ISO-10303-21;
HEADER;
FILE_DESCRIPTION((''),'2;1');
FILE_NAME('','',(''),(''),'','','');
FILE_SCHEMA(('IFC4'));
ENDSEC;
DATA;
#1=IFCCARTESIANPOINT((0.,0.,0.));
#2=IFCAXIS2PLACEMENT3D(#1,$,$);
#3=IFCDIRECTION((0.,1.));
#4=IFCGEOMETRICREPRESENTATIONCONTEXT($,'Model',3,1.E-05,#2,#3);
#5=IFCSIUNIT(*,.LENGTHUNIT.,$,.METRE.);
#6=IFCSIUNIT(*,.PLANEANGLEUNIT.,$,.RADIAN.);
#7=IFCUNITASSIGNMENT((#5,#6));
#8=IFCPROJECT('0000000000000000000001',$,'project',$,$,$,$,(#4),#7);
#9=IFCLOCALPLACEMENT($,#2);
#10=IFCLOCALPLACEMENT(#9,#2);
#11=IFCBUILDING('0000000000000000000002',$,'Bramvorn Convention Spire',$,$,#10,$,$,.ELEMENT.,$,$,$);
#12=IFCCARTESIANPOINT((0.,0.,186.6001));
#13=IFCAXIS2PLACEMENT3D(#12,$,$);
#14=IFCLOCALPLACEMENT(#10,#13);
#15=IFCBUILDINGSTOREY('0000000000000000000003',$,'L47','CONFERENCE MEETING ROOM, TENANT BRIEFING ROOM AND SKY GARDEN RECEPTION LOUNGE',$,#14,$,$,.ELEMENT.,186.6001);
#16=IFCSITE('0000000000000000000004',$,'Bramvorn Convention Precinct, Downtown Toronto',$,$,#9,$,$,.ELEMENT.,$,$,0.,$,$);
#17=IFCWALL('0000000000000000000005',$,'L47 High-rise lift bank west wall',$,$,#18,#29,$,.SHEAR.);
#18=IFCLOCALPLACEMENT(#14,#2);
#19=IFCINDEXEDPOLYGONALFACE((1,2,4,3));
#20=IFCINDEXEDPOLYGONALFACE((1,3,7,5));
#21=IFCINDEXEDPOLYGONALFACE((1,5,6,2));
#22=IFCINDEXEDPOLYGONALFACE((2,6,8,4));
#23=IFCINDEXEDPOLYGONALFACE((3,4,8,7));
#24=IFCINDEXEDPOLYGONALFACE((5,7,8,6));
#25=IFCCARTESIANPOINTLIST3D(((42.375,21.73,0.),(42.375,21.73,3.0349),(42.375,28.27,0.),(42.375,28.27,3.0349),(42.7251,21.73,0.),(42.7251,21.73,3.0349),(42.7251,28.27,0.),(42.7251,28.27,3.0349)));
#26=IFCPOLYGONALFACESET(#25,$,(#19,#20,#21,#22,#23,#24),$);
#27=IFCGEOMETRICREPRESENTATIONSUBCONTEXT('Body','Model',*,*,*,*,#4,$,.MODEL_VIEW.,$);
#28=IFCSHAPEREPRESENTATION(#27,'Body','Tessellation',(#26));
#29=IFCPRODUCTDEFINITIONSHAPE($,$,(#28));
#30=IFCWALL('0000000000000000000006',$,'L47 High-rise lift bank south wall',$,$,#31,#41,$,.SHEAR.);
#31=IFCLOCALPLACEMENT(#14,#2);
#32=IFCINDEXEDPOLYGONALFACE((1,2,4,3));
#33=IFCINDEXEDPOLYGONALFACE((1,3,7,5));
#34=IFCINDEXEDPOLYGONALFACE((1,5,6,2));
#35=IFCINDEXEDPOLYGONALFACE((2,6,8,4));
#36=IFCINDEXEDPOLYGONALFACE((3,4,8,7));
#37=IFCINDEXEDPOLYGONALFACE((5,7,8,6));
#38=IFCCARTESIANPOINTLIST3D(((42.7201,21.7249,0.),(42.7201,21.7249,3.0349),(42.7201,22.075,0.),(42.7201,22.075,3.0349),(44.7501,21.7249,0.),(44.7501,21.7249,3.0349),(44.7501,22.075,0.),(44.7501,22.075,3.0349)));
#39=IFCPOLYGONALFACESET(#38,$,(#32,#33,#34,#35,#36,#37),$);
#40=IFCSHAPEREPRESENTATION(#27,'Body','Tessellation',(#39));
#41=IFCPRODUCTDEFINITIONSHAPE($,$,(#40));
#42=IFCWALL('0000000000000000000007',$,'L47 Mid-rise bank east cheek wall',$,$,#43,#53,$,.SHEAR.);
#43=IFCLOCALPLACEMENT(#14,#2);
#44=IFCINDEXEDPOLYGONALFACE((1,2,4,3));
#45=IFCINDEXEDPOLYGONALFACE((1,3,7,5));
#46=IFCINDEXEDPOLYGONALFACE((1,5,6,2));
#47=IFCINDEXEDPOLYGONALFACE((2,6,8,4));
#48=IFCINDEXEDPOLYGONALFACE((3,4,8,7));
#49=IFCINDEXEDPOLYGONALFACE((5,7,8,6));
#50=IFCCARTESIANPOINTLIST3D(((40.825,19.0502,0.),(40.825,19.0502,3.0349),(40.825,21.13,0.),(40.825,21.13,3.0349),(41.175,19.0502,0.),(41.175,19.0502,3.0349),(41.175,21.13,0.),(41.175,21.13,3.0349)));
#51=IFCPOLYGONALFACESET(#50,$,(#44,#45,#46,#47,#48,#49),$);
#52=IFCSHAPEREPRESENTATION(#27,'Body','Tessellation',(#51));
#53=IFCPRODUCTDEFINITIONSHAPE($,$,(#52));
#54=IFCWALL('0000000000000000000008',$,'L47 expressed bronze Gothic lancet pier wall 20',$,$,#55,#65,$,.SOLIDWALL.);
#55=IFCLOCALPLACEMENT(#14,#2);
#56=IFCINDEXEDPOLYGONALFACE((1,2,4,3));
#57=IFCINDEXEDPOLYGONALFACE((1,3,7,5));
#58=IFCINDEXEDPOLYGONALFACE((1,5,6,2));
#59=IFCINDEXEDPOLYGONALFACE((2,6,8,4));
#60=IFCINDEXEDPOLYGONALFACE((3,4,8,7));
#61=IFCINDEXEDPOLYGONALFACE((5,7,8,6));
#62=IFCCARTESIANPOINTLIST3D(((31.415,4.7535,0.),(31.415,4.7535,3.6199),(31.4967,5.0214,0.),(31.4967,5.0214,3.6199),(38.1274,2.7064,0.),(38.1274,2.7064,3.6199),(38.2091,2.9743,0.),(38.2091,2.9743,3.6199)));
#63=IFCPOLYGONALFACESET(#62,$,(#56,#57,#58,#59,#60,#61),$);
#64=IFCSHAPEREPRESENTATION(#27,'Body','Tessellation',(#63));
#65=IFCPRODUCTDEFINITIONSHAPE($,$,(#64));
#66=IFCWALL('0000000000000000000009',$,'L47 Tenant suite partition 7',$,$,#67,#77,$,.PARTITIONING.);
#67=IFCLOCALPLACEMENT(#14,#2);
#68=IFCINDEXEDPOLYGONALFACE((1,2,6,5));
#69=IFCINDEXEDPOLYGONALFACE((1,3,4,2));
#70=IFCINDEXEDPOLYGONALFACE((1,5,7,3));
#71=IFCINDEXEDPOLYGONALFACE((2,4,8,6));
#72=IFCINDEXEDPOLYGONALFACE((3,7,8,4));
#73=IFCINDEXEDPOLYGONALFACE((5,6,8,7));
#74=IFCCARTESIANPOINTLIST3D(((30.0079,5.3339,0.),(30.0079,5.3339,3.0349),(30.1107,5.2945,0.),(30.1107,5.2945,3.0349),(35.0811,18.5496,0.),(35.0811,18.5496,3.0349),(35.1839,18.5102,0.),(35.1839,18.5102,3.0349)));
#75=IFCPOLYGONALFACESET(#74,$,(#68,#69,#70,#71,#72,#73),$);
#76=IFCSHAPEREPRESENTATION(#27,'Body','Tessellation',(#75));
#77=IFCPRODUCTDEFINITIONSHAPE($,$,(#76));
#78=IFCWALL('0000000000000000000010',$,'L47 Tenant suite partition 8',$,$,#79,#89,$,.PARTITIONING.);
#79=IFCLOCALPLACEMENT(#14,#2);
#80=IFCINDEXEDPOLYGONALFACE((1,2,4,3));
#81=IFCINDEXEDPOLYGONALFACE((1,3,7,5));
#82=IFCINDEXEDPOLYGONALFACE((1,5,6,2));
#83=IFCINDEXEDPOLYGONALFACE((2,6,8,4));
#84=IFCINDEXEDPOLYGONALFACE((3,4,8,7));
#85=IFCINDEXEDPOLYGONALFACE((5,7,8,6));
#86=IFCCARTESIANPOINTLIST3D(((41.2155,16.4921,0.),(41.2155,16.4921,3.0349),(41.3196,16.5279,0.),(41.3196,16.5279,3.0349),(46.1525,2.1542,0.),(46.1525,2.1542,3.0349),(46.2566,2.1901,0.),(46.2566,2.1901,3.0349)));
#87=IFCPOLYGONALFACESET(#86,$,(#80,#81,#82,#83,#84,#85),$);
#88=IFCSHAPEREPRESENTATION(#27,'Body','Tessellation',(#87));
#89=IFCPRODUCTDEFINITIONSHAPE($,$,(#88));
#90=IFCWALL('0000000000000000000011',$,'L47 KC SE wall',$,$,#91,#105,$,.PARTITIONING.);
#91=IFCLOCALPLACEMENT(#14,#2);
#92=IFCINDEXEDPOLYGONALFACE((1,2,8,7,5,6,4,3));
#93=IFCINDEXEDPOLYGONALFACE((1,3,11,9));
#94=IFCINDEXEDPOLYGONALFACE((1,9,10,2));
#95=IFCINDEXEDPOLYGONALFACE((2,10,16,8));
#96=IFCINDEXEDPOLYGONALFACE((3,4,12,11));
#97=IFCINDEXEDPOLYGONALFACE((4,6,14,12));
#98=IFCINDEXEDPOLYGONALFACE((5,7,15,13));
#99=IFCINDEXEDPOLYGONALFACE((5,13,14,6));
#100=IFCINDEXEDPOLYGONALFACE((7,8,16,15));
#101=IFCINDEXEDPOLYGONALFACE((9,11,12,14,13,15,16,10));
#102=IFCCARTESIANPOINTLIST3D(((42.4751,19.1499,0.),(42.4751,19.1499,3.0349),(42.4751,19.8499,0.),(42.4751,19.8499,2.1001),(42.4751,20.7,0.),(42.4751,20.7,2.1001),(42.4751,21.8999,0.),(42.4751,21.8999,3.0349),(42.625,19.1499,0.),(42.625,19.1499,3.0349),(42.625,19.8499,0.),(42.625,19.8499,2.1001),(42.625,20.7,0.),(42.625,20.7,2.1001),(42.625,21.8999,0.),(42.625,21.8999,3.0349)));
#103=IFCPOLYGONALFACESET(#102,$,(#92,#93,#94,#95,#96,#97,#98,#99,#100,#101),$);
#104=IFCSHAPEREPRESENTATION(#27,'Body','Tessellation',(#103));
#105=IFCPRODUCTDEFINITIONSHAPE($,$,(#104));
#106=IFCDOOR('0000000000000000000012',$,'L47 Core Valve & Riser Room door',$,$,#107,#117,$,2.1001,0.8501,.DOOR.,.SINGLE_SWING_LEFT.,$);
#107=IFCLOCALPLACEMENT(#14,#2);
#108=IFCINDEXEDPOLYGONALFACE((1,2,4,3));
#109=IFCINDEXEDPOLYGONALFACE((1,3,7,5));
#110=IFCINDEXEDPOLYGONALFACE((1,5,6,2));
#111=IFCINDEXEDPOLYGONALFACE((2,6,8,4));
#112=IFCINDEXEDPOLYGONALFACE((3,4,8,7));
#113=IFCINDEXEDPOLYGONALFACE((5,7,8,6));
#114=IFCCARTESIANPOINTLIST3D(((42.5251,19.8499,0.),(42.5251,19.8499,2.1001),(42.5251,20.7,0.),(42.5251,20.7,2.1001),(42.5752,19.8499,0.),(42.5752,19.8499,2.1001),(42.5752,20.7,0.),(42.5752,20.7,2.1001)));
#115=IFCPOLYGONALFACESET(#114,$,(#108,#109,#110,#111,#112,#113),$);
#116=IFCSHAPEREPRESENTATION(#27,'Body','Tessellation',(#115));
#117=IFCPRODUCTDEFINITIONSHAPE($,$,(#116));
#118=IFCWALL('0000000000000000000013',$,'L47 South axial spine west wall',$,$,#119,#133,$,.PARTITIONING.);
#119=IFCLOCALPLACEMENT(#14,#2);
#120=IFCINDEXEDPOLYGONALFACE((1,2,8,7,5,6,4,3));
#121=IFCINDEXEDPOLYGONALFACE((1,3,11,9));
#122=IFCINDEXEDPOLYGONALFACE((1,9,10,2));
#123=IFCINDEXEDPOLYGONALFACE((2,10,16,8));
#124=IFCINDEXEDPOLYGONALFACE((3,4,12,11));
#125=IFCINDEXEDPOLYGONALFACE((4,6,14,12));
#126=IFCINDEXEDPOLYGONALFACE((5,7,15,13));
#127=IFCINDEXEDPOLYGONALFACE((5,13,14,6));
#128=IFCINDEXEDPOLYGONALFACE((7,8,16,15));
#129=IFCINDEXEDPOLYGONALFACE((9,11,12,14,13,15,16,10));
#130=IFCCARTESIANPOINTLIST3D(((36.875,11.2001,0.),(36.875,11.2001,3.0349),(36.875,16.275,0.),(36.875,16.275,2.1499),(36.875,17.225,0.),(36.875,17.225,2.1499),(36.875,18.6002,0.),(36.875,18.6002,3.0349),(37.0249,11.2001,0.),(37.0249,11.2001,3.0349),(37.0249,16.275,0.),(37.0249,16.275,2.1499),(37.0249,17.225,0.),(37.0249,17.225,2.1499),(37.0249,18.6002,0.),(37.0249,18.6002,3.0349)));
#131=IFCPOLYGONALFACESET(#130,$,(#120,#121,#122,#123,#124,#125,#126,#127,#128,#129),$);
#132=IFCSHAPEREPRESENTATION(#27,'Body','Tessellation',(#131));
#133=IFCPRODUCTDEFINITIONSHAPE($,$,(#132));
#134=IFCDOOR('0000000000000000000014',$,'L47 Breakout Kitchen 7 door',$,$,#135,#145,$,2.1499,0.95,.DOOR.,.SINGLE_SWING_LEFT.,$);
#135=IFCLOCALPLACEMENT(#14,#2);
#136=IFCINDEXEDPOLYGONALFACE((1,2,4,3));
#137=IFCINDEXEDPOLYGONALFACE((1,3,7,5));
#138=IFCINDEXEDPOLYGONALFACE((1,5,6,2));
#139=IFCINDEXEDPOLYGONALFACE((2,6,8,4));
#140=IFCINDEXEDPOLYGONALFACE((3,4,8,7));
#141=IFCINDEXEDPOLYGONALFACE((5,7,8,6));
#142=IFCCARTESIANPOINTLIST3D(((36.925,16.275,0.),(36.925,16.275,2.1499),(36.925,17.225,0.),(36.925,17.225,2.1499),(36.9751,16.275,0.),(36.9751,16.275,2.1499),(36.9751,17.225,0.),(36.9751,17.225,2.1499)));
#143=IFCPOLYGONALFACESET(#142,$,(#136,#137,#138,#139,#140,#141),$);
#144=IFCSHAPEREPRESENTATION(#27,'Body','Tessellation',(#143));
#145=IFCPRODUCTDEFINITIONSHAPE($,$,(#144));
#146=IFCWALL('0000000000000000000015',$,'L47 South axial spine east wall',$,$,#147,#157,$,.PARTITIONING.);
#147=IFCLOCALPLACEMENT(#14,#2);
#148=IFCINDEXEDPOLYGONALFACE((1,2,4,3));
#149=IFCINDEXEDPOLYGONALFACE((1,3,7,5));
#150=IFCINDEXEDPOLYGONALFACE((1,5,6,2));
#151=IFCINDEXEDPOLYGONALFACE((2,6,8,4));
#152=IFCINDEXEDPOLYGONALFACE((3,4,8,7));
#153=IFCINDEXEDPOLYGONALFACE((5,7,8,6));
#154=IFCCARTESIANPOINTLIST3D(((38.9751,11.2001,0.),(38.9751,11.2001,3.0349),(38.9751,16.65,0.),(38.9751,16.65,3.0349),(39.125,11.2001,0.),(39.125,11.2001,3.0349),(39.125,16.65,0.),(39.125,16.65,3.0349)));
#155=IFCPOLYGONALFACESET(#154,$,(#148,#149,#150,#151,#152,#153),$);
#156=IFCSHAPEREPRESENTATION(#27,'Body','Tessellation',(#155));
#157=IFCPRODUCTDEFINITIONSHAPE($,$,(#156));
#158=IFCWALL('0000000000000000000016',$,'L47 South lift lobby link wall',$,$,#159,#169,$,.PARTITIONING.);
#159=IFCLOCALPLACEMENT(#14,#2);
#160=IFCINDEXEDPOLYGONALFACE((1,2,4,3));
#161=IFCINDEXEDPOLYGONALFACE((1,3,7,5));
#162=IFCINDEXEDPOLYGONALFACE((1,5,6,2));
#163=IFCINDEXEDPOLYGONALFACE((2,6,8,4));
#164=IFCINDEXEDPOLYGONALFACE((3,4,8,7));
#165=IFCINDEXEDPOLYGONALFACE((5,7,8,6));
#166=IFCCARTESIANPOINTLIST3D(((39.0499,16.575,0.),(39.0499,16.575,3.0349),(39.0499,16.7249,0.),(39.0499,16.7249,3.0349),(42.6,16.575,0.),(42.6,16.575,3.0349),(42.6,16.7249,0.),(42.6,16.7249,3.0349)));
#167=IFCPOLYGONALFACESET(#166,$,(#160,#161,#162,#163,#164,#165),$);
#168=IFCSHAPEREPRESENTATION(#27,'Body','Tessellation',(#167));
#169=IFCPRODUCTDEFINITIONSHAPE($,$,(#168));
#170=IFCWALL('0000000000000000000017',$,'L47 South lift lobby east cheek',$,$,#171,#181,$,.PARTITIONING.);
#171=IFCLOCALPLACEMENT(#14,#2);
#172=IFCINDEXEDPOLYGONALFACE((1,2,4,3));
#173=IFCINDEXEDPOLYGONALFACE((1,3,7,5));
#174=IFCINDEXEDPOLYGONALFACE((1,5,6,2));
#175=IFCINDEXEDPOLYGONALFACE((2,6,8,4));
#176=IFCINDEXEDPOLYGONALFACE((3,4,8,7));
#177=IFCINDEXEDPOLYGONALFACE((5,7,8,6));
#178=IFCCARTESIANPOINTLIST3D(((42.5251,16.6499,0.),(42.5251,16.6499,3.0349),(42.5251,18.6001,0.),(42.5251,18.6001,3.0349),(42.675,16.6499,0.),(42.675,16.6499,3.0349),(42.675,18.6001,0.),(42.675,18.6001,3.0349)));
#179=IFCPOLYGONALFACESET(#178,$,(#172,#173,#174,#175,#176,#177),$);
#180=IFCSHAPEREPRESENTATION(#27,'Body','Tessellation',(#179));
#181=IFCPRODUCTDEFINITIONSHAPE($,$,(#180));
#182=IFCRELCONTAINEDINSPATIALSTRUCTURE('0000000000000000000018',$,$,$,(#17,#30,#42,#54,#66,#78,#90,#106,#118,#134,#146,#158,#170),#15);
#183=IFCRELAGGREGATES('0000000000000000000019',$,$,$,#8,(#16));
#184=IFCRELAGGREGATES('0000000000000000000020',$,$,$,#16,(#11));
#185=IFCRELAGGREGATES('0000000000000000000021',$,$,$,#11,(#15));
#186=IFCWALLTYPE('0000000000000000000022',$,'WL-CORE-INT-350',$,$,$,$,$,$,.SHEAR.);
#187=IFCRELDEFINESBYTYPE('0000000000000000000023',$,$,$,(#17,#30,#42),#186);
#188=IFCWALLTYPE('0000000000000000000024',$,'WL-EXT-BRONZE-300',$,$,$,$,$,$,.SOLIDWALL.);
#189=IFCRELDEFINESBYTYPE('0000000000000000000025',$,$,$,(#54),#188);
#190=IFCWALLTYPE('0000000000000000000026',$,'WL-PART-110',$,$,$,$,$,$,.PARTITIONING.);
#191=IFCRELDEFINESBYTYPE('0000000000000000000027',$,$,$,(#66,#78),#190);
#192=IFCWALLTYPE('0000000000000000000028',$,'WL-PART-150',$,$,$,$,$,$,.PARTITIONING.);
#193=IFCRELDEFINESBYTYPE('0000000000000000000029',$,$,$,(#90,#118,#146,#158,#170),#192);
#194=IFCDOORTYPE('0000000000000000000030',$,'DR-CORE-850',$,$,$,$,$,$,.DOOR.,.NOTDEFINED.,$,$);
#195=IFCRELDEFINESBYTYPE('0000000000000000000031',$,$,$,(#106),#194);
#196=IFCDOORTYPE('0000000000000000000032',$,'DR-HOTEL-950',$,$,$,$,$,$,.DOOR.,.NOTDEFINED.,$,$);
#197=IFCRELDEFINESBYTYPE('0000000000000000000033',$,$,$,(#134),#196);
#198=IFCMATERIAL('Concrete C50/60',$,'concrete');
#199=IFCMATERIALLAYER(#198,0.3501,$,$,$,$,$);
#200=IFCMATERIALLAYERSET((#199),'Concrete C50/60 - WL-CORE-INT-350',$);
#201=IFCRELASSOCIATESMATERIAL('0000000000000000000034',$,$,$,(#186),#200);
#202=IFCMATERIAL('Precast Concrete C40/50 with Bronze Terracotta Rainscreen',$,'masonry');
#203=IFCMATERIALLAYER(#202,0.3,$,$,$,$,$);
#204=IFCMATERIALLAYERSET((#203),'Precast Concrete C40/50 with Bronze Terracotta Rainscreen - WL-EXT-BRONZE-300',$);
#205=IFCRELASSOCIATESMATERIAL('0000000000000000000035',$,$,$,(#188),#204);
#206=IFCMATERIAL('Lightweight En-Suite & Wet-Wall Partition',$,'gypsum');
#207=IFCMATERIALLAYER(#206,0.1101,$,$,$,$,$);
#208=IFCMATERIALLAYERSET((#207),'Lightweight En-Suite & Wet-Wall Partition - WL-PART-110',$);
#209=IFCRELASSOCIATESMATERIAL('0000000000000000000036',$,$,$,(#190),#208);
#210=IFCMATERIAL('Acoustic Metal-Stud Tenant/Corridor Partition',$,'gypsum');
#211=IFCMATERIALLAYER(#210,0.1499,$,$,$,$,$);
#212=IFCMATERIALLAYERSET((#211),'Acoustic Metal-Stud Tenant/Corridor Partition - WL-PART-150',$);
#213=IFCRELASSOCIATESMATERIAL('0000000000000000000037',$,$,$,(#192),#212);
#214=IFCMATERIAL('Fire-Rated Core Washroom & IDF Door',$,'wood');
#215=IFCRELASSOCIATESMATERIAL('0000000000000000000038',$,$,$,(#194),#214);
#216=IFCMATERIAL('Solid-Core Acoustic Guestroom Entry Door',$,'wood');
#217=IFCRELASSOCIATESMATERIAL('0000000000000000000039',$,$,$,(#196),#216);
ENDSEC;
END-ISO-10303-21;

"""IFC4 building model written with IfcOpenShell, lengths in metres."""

from ifc_helpers import new_model, si_unit, direction, frame, frame_2d, origin, place, context, subcontext, project, spatial, rectangle, extrude, material, layer, layer_set, type_object, element, fill, save


model = new_model("IFC4")

# Units and contexts
model_context = context("Model", 3, precision=1e-05, world=origin(), true_north=direction((0.0, 1.0)))
body_context = subcontext(model_context, "Body", "Model", "MODEL_VIEW")
ifc_project = project(units=[si_unit("LENGTHUNIT", "METRE"), si_unit("PLANEANGLEUNIT", "RADIAN")], contexts=[model_context])

# Site, building, storey
site_placement = place(None, origin())
site = spatial("IfcSite", under=ifc_project, at=site_placement, Name="Bramvorn Convention Precinct, Downtown Toronto", CompositionType="ELEMENT", RefElevation=0.0)
building_placement = place(site_placement, origin())
building = spatial("IfcBuilding", under=site, at=building_placement, Name="Bramvorn Convention Spire", CompositionType="ELEMENT")
storey_placement = place(building_placement, frame((0.0, 0.0, 186.6001)))
storey = spatial("IfcBuildingStorey", under=building, at=storey_placement, Name="L47", Description="CONFERENCE MEETING ROOM, TENANT BRIEFING ROOM AND SKY GARDEN RECEPTION LOUNGE", CompositionType="ELEMENT", Elevation=186.6001)

# Walls
ifc_material_1 = material(Name="Concrete C50/60", Category="concrete")
ifc_layer_1 = layer(ifc_material_1, 0.3501)
ifc_layer_set_1 = layer_set([ifc_layer_1], Name="Concrete C50/60 - WL-CORE-INT-350")
wall_type_1 = type_object("IfcWallType", Name="WL-CORE-INT-350", PredefinedType="SHEAR", material=ifc_layer_set_1)
wall_1_placement = place(storey_placement, frame((42.55, 21.73, 0.0), z_axis=(0.0, 0.0, 1.0), x_axis=(0.0, 1.0, 0.0)))
element("IfcWall", 1, at=wall_1_placement, inside=storey, type_object=wall_type_1, Name="L47 High-rise lift bank west wall", PredefinedType="SHEAR", context=body_context, shape_type="SweptSolid", body=[
    extrude(rectangle(XDim=6.54, YDim=0.3501, at=frame_2d((3.27, 0.0))), origin(), (0.0, 0.0, 1.0), 3.0349),
])
wall_2_placement = place(storey_placement, frame((42.72, 21.8999, 0.0), z_axis=(0.0, 0.0, 1.0), x_axis=(1.0, 0.0, 0.0)))
element("IfcWall", 2, at=wall_2_placement, inside=storey, type_object=wall_type_1, Name="L47 High-rise lift bank south wall", PredefinedType="SHEAR", context=body_context, shape_type="SweptSolid", body=[
    extrude(rectangle(XDim=2.03, YDim=0.3501, at=frame_2d((1.0151, 0.0))), origin(), (0.0, 0.0, 1.0), 3.0349),
])
wall_3_placement = place(storey_placement, frame((41.0, 19.05, 0.0), z_axis=(0.0, 0.0, 1.0), x_axis=(0.0, 1.0, 0.0)))
element("IfcWall", 3, at=wall_3_placement, inside=storey, type_object=wall_type_1, Name="L47 Mid-rise bank east cheek wall", PredefinedType="SHEAR", context=body_context, shape_type="SweptSolid", body=[
    extrude(rectangle(XDim=2.0798, YDim=0.3501, at=frame_2d((1.04, 0.0))), origin(), (0.0, 0.0, 1.0), 3.0349),
])
ifc_material_2 = material(Name="Precast Concrete C40/50 with Bronze Terracotta Rainscreen", Category="masonry")
ifc_layer_2 = layer(ifc_material_2, 0.3)
ifc_layer_set_2 = layer_set([ifc_layer_2], Name="Precast Concrete C40/50 with Bronze Terracotta Rainscreen - WL-EXT-BRONZE-300")
wall_type_2 = type_object("IfcWallType", Name="WL-EXT-BRONZE-300", PredefinedType="SOLIDWALL", material=ifc_layer_set_2)
wall_4_placement = place(storey_placement, frame((38.1682, 2.8403, 0.0), z_axis=(0.0, 0.0, 1.0), x_axis=(-0.956506, 0.291711, 0.0)))
element("IfcWall", 4, at=wall_4_placement, inside=storey, type_object=wall_type_2, Name="L47 expressed bronze Gothic lancet pier wall 20", PredefinedType="SOLIDWALL", context=body_context, shape_type="SweptSolid", body=[
    extrude(rectangle(XDim=7.0176, YDim=0.28, at=frame_2d((3.5088, 0.0))), origin(), (0.0, 0.0, 1.0), 3.6199),
])
ifc_material_3 = material(Name="Lightweight En-Suite & Wet-Wall Partition", Category="gypsum")
ifc_layer_3 = layer(ifc_material_3, 0.1101)
ifc_layer_set_3 = layer_set([ifc_layer_3], Name="Lightweight En-Suite & Wet-Wall Partition - WL-PART-110")
wall_type_3 = type_object("IfcWallType", Name="WL-PART-110", PredefinedType="PARTITIONING", material=ifc_layer_set_3)
wall_5_placement = place(storey_placement, frame((35.1326, 18.53, 0.0), z_axis=(0.0, 0.0, 1.0), x_axis=(-0.358378, -0.933577, 0.0)))
element("IfcWall", 5, at=wall_5_placement, inside=storey, type_object=wall_type_3, Name="L47 Tenant suite partition 7", PredefinedType="PARTITIONING", context=body_context, shape_type="SweptSolid", body=[
    extrude(rectangle(XDim=14.156, YDim=0.1101, at=frame_2d((7.0781, 0.0))), origin(), (0.0, 0.0, 1.0), 3.0349),
])
wall_6_placement = place(storey_placement, frame((41.2676, 16.51, 0.0), z_axis=(0.0, 0.0, 1.0), x_axis=(0.325573, -0.945517, 0.0)))
element("IfcWall", 6, at=wall_6_placement, inside=storey, type_object=wall_type_3, Name="L47 Tenant suite partition 8", PredefinedType="PARTITIONING", context=body_context, shape_type="SweptSolid", body=[
    extrude(rectangle(XDim=15.1641, YDim=0.1101, at=frame_2d((7.582, 0.0))), origin(), (0.0, 0.0, 1.0), 3.0349),
])

# Walls, openings, doors
ifc_material_4 = material(Name="Acoustic Metal-Stud Tenant/Corridor Partition", Category="gypsum")
ifc_layer_4 = layer(ifc_material_4, 0.1499)
ifc_layer_set_4 = layer_set([ifc_layer_4], Name="Acoustic Metal-Stud Tenant/Corridor Partition - WL-PART-150")
wall_type_4 = type_object("IfcWallType", Name="WL-PART-150", PredefinedType="PARTITIONING", material=ifc_layer_set_4)
wall_7_placement = place(storey_placement, frame((42.55, 19.1499, 0.0), z_axis=(0.0, 0.0, 1.0), x_axis=(0.0, 1.0, 0.0)))
wall_7 = element("IfcWall", 7, at=wall_7_placement, inside=storey, type_object=wall_type_4, Name="L47 KC SE wall", PredefinedType="PARTITIONING", context=body_context, shape_type="SweptSolid", body=[
    extrude(rectangle(XDim=2.75, YDim=0.1499, at=frame_2d((1.375, 0.0))), origin(), (0.0, 0.0, 1.0), 3.0349),
])
opening_1_placement = place(wall_7_placement, frame((0.7, 0.0, 0.0)))
opening_1 = element("IfcOpeningElement", 8, at=opening_1_placement, cuts=wall_7, PredefinedType="OPENING", context=body_context, shape_type="SweptSolid", body=[
    extrude(rectangle(XDim=0.8501, YDim=2.1001, at=frame_2d((0.425, 1.05))), frame((0.0, 0.085, 0.0), z_axis=(0.0, -1.0, 0.0), x_axis=(1.0, 0.0, 0.0)), (0.0, 0.0, 1.0), 0.1699),
])
ifc_material_5 = material(Name="Fire-Rated Core Washroom & IDF Door", Category="wood")
door_type_1 = type_object("IfcDoorType", Name="DR-CORE-850", OperationType="NOTDEFINED", PredefinedType="DOOR", material=ifc_material_5)
door_1_placement = place(opening_1_placement, origin())
door_1 = element("IfcDoor", 9, at=door_1_placement, inside=storey, type_object=door_type_1, Name="L47 Core Valve & Riser Room door", OperationType="SINGLE_SWING_LEFT", OverallHeight=2.1001, OverallWidth=0.8501, PredefinedType="DOOR", context=body_context, shape_type="SweptSolid", body=[
    extrude(rectangle(XDim=0.8501, YDim=2.1001, at=frame_2d((0.425, 1.05))), frame((0.0, 0.0249, 0.0), z_axis=(0.0, -1.0, 0.0), x_axis=(1.0, 0.0, 0.0)), (0.0, 0.0, 1.0), 0.05),
])
fill(opening_1, door_1)
wall_8_placement = place(storey_placement, frame((36.95, 11.2, 0.0), z_axis=(0.0, 0.0, 1.0), x_axis=(0.0, 1.0, 0.0)))
wall_8 = element("IfcWall", 10, at=wall_8_placement, inside=storey, type_object=wall_type_4, Name="L47 South axial spine west wall", PredefinedType="PARTITIONING", context=body_context, shape_type="SweptSolid", body=[
    extrude(rectangle(XDim=7.4001, YDim=0.1499, at=frame_2d((3.7002, 0.0))), origin(), (0.0, 0.0, 1.0), 3.0349),
])
opening_2_placement = place(wall_8_placement, frame((5.075, 0.0, 0.0)))
opening_2 = element("IfcOpeningElement", 11, at=opening_2_placement, cuts=wall_8, PredefinedType="OPENING", context=body_context, shape_type="SweptSolid", body=[
    extrude(rectangle(XDim=0.95, YDim=2.1499, at=frame_2d((0.4751, 1.075))), frame((0.0, 0.085, 0.0), z_axis=(0.0, -1.0, 0.0), x_axis=(1.0, 0.0, 0.0)), (0.0, 0.0, 1.0), 0.1699),
])
ifc_material_6 = material(Name="Solid-Core Acoustic Guestroom Entry Door", Category="wood")
door_type_2 = type_object("IfcDoorType", Name="DR-HOTEL-950", OperationType="NOTDEFINED", PredefinedType="DOOR", material=ifc_material_6)
door_2_placement = place(opening_2_placement, origin())
door_2 = element("IfcDoor", 12, at=door_2_placement, inside=storey, type_object=door_type_2, Name="L47 Breakout Kitchen 7 door", OperationType="SINGLE_SWING_LEFT", OverallHeight=2.1499, OverallWidth=0.95, PredefinedType="DOOR", context=body_context, shape_type="SweptSolid", body=[
    extrude(rectangle(XDim=0.95, YDim=2.1499, at=frame_2d((0.4751, 1.075))), frame((0.0, 0.0249, 0.0), z_axis=(0.0, -1.0, 0.0), x_axis=(1.0, 0.0, 0.0)), (0.0, 0.0, 1.0), 0.05),
])
fill(opening_2, door_2)

# Walls
wall_9_placement = place(storey_placement, frame((39.05, 11.2, 0.0), z_axis=(0.0, 0.0, 1.0), x_axis=(0.0, 1.0, 0.0)))
element("IfcWall", 13, at=wall_9_placement, inside=storey, type_object=wall_type_4, Name="L47 South axial spine east wall", PredefinedType="PARTITIONING", context=body_context, shape_type="SweptSolid", body=[
    extrude(rectangle(XDim=5.45, YDim=0.1499, at=frame_2d((2.7251, 0.0))), origin(), (0.0, 0.0, 1.0), 3.0349),
])
wall_10_placement = place(storey_placement, frame((39.05, 16.6499, 0.0), z_axis=(0.0, 0.0, 1.0), x_axis=(1.0, 0.0, 0.0)))
element("IfcWall", 14, at=wall_10_placement, inside=storey, type_object=wall_type_4, Name="L47 South lift lobby link wall", PredefinedType="PARTITIONING", context=body_context, shape_type="SweptSolid", body=[
    extrude(rectangle(XDim=3.55, YDim=0.1499, at=frame_2d((1.7749, 0.0))), origin(), (0.0, 0.0, 1.0), 3.0349),
])
wall_11_placement = place(storey_placement, frame((42.6001, 16.6499, 0.0), z_axis=(0.0, 0.0, 1.0), x_axis=(0.0, 1.0, 0.0)))
element("IfcWall", 15, at=wall_11_placement, inside=storey, type_object=wall_type_4, Name="L47 South lift lobby east cheek", PredefinedType="PARTITIONING", context=body_context, shape_type="SweptSolid", body=[
    extrude(rectangle(XDim=1.9502, YDim=0.1499, at=frame_2d((0.9751, 0.0))), origin(), (0.0, 0.0, 1.0), 3.0349),
])

save(model, "model.ifc")
